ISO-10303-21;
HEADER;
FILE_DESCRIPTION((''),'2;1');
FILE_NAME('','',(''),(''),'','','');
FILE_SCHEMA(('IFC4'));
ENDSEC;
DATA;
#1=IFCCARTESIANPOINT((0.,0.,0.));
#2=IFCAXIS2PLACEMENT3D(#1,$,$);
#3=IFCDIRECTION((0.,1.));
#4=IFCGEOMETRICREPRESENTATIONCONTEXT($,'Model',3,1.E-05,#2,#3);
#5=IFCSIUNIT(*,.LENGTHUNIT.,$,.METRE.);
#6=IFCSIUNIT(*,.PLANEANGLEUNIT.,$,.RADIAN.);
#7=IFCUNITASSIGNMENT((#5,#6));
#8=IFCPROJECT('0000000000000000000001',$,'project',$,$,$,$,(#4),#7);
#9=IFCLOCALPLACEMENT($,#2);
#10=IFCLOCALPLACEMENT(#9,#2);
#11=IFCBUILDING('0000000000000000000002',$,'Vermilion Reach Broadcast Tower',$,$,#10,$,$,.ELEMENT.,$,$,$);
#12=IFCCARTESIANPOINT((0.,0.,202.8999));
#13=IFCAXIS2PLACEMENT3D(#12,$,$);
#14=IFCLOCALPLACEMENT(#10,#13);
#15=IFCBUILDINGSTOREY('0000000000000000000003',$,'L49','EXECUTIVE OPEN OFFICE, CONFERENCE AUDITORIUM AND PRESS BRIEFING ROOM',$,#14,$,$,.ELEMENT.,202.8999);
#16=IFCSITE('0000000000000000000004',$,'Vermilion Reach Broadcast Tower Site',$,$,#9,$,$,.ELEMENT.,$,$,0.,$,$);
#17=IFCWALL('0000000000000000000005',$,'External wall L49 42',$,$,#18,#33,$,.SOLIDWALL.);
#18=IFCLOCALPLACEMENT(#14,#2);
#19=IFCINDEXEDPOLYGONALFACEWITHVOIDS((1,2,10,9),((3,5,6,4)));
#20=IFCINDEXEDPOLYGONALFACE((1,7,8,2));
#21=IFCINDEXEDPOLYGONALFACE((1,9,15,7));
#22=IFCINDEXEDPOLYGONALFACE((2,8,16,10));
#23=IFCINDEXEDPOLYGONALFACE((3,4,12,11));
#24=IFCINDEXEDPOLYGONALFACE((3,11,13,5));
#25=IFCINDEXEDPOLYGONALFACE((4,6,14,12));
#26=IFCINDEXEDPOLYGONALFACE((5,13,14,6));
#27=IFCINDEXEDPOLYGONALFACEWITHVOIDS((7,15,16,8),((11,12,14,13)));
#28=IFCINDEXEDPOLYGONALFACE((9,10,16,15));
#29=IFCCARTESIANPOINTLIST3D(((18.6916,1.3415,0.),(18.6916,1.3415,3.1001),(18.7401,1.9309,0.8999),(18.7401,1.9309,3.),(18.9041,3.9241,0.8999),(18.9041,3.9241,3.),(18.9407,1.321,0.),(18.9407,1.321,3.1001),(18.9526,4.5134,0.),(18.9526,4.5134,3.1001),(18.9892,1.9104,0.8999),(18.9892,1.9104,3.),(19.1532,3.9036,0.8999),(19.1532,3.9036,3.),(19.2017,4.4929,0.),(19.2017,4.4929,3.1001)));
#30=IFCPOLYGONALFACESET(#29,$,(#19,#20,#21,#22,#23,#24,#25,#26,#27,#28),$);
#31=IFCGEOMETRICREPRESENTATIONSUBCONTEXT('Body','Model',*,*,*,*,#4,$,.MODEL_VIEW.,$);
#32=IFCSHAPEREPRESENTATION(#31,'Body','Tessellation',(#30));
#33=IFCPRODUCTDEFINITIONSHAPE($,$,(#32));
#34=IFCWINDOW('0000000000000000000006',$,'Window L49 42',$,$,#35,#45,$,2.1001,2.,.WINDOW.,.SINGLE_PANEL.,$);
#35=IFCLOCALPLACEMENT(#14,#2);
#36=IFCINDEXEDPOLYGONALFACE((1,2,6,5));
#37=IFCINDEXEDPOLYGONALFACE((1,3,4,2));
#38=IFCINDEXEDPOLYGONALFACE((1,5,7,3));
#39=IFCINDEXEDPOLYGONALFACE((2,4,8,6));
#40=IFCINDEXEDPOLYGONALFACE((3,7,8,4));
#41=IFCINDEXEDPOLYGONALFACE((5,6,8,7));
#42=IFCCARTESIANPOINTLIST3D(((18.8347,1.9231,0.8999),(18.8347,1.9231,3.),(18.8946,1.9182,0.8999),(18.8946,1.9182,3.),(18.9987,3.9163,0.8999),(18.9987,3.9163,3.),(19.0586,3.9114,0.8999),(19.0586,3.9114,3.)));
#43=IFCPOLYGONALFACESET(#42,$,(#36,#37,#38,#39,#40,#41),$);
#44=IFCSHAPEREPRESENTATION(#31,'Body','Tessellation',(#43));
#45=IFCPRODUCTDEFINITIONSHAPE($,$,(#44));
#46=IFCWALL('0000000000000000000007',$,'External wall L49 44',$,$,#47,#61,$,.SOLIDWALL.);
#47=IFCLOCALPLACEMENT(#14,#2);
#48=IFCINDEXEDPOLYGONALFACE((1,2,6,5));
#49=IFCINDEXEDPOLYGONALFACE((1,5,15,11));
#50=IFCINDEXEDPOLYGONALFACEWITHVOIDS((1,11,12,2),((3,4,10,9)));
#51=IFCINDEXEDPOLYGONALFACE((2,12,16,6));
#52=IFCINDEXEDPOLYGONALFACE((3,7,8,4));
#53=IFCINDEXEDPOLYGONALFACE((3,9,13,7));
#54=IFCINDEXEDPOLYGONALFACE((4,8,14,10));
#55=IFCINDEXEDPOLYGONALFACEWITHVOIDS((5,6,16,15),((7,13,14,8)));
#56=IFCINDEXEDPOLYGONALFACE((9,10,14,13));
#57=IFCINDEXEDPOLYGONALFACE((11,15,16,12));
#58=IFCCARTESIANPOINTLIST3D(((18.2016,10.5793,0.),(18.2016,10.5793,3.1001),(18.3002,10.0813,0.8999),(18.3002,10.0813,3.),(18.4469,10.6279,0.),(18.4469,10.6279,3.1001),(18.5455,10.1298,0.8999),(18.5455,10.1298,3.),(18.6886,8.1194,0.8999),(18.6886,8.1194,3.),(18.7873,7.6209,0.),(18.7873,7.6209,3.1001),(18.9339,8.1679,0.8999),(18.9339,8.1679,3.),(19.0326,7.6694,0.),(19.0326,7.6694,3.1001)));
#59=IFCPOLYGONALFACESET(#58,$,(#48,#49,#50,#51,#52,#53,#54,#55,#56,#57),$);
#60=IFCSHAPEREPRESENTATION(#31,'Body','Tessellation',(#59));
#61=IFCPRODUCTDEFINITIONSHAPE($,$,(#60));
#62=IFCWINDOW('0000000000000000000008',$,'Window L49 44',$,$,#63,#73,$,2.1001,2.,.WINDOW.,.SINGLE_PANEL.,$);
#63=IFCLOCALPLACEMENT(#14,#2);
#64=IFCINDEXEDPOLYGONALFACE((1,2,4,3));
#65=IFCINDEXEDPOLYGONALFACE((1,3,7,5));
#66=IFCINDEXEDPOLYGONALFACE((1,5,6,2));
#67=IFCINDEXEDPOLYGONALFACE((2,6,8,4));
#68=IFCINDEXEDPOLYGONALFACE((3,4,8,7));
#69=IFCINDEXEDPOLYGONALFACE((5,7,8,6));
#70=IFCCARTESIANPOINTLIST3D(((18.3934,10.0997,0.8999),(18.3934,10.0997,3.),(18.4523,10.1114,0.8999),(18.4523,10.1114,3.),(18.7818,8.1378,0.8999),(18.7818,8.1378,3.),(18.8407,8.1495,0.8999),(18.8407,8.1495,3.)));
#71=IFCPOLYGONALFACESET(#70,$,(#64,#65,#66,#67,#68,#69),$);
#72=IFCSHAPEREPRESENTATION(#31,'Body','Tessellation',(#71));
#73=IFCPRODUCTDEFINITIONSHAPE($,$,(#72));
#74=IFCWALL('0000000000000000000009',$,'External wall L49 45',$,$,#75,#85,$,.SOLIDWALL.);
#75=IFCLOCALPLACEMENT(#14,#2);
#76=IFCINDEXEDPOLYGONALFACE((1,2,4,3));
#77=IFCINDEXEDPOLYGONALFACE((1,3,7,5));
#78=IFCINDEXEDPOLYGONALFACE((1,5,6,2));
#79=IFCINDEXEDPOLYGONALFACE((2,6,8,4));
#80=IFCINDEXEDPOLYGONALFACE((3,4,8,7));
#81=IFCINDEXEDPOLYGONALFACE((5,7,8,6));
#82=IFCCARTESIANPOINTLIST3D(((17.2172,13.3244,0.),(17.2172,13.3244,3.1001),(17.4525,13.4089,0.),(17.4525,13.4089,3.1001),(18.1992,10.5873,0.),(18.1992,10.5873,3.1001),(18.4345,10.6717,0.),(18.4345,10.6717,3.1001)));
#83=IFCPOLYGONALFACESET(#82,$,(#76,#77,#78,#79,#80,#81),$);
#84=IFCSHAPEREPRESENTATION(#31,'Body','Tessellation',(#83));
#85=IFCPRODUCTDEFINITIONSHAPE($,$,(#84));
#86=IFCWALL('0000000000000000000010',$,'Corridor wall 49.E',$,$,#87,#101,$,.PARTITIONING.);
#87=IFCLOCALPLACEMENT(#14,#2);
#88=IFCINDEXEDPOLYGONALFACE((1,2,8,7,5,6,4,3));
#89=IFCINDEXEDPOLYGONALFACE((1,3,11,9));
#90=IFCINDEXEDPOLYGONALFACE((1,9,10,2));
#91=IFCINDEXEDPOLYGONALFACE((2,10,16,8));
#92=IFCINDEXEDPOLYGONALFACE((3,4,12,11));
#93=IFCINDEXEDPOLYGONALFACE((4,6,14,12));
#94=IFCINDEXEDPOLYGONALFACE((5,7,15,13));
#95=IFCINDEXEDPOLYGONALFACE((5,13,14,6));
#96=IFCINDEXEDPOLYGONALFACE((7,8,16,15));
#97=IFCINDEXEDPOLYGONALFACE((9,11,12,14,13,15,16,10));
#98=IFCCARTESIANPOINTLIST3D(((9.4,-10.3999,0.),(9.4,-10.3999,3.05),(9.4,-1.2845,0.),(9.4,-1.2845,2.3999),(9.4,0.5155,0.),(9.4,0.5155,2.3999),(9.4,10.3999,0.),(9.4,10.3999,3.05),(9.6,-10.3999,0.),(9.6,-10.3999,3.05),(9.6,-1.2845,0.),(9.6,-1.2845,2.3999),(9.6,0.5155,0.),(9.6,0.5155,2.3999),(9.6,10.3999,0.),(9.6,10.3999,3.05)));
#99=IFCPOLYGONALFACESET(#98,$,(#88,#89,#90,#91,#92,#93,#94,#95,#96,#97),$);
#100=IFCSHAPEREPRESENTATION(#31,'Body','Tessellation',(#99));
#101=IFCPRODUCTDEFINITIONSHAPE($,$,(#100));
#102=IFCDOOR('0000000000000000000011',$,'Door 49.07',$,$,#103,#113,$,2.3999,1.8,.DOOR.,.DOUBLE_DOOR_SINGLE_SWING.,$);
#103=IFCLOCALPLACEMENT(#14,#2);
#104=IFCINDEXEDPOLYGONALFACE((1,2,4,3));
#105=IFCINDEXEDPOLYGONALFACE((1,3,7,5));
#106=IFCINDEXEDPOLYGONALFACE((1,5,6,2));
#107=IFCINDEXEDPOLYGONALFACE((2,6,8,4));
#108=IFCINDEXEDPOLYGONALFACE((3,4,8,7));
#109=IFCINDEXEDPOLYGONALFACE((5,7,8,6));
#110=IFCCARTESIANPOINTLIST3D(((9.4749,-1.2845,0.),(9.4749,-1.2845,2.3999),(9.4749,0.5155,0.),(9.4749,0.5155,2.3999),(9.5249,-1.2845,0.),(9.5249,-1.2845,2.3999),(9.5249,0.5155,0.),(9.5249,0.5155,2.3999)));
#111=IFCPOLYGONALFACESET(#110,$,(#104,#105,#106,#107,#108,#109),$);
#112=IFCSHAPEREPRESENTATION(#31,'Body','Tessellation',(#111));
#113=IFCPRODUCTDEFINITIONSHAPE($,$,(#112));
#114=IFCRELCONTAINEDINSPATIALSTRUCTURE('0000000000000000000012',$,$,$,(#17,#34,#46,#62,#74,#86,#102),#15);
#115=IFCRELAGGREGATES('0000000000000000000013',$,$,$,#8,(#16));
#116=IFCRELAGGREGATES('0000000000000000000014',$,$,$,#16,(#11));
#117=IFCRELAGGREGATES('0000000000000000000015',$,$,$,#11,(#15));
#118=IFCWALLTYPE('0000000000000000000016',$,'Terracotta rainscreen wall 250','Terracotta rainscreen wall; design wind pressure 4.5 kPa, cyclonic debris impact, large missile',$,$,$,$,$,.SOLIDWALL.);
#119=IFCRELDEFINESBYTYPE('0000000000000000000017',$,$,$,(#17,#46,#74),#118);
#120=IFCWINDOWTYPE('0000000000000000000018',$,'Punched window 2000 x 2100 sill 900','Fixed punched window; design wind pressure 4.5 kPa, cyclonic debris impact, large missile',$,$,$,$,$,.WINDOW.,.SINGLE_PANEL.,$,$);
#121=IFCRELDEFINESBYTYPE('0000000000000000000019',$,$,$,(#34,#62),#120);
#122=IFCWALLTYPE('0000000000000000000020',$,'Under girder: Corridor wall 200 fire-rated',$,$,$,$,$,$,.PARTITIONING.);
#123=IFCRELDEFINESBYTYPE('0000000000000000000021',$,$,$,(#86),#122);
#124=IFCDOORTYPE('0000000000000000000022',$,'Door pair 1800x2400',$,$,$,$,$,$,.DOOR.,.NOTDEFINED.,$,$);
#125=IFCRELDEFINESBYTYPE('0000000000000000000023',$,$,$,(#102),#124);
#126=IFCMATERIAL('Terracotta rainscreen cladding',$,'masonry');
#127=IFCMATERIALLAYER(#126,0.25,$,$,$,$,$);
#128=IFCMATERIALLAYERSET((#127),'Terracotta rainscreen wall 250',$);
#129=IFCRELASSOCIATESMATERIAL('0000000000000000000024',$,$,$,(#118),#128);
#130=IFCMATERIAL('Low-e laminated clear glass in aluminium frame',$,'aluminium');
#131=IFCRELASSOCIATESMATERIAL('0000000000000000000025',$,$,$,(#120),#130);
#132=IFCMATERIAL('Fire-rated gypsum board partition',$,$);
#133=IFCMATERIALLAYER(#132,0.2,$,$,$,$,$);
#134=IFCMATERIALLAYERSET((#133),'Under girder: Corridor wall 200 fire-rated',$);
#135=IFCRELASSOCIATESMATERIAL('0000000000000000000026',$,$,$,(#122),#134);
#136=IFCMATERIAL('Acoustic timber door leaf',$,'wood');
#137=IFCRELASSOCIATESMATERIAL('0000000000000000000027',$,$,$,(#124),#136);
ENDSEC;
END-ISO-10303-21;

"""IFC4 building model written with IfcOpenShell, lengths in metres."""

from ifc_helpers import new_model, si_unit, direction, frame, frame_2d, origin, place, context, subcontext, project, spatial, rectangle, extrude, material, layer, layer_set, type_object, element, fill, save


model = new_model("IFC4")

# Units and contexts
model_context = context("Model", 3, precision=1e-05, world=origin(), true_north=direction((0.0, 1.0)))
body_context = subcontext(model_context, "Body", "Model", "MODEL_VIEW")
ifc_project = project(units=[si_unit("LENGTHUNIT", "METRE"), si_unit("PLANEANGLEUNIT", "RADIAN")], contexts=[model_context])

# Site, building, storey
site_placement = place(None, origin())
site = spatial("IfcSite", under=ifc_project, at=site_placement, Name="Vermilion Reach Broadcast Tower Site", CompositionType="ELEMENT", RefElevation=0.0)
building_placement = place(site_placement, origin())
building = spatial("IfcBuilding", under=site, at=building_placement, Name="Vermilion Reach Broadcast Tower", CompositionType="ELEMENT")
storey_placement = place(building_placement, frame((0.0, 0.0, 202.8999)))
storey = spatial("IfcBuildingStorey", under=building, at=storey_placement, Name="L49", Description="EXECUTIVE OPEN OFFICE, CONFERENCE AUDITORIUM AND PRESS BRIEFING ROOM", CompositionType="ELEMENT", Elevation=202.8999)

# Wall, opening, window
ifc_material_1 = material(Name="Terracotta rainscreen cladding", Category="masonry")
ifc_layer_1 = layer(ifc_material_1, 0.25)
ifc_layer_set_1 = layer_set([ifc_layer_1], Name="Terracotta rainscreen wall 250")
wall_type_1 = type_object("IfcWallType", Name="Terracotta rainscreen wall 250", Description="Terracotta rainscreen wall; design wind pressure 4.5 kPa, cyclonic debris impact, large missile", PredefinedType="SOLIDWALL", material=ifc_layer_set_1)
wall_1_placement = place(storey_placement, frame((18.8162, 1.3313, 0.0), z_axis=(0.0, 0.0, 1.0), x_axis=(0.082004, 0.996632, 0.0)))
wall_1 = element("IfcWall", 1, at=wall_1_placement, inside=storey, type_object=wall_type_1, Name="External wall L49 42", PredefinedType="SOLIDWALL", context=body_context, shape_type="SweptSolid", body=[
    extrude(rectangle(XDim=3.1826, YDim=0.25, at=frame_2d((1.5913, 0.0))), origin(), (0.0, 0.0, 1.0), 3.1001),
])
opening_1_placement = place(wall_1_placement, frame((0.5913, 0.0, 0.8999)))
opening_1 = element("IfcOpeningElement", 2, at=opening_1_placement, cuts=wall_1, PredefinedType="OPENING", context=body_context, shape_type="SweptSolid", body=[
    extrude(rectangle(XDim=2.0, YDim=2.1001, at=frame_2d((1.0, 1.05))), frame((0.0, 0.135, 0.0), z_axis=(0.0, -1.0, 0.0), x_axis=(1.0, 0.0, 0.0)), (0.0, 0.0, 1.0), 0.27),
])
ifc_material_2 = material(Name="Low-e laminated clear glass in aluminium frame", Category="aluminium")
window_type = type_object("IfcWindowType", Name="Punched window 2000 x 2100 sill 900", Description="Fixed punched window; design wind pressure 4.5 kPa, cyclonic debris impact, large missile", PartitioningType="SINGLE_PANEL", PredefinedType="WINDOW", material=ifc_material_2)
window_1_placement = place(opening_1_placement, origin())
window_1 = element("IfcWindow", 3, at=window_1_placement, inside=storey, type_object=window_type, Name="Window L49 42", OverallHeight=2.1001, OverallWidth=2.0, PartitioningType="SINGLE_PANEL", PredefinedType="WINDOW", context=body_context, shape_type="SweptSolid", body=[
    extrude(rectangle(XDim=2.0, YDim=2.1001, at=frame_2d((1.0, 1.05))), frame((0.0, 0.03, 0.0), z_axis=(0.0, -1.0, 0.0), x_axis=(1.0, 0.0, 0.0)), (0.0, 0.0, 1.0), 0.0601),
])
fill(opening_1, window_1)

# Wall, opening, window
wall_2_placement = place(storey_placement, frame((18.9099, 7.6453, 0.0), z_axis=(0.0, 0.0, 1.0), x_axis=(-0.194201, 0.980962, 0.0)))
wall_2 = element("IfcWall", 4, at=wall_2_placement, inside=storey, type_object=wall_type_1, Name="External wall L49 44", PredefinedType="SOLIDWALL", context=body_context, shape_type="SweptSolid", body=[
    extrude(rectangle(XDim=3.0159, YDim=0.25, at=frame_2d((1.5078, 0.0))), origin(), (0.0, 0.0, 1.0), 3.1001),
])
opening_2_placement = place(wall_2_placement, frame((0.5081, 0.0, 0.8999)))
opening_2 = element("IfcOpeningElement", 5, at=opening_2_placement, cuts=wall_2, PredefinedType="OPENING", context=body_context, shape_type="SweptSolid", body=[
    extrude(rectangle(XDim=2.0, YDim=2.1001, at=frame_2d((1.0, 1.05))), frame((0.0, 0.135, 0.0), z_axis=(0.0, -1.0, 0.0), x_axis=(1.0, 0.0, 0.0)), (0.0, 0.0, 1.0), 0.27),
])
window_2_placement = place(opening_2_placement, origin())
window_2 = element("IfcWindow", 6, at=window_2_placement, inside=storey, type_object=window_type, Name="Window L49 44", OverallHeight=2.1001, OverallWidth=2.0, PartitioningType="SINGLE_PANEL", PredefinedType="WINDOW", context=body_context, shape_type="SweptSolid", body=[
    extrude(rectangle(XDim=2.0, YDim=2.1001, at=frame_2d((1.0, 1.05))), frame((0.0, 0.03, 0.0), z_axis=(0.0, -1.0, 0.0), x_axis=(1.0, 0.0, 0.0)), (0.0, 0.0, 1.0), 0.0601),
])
fill(opening_2, window_2)

# Wall
wall_3_placement = place(storey_placement, frame((18.3169, 10.6294, 0.0), z_axis=(0.0, 0.0, 1.0), x_axis=(-0.337682, 0.94126, 0.0)))
element("IfcWall", 7, at=wall_3_placement, inside=storey, type_object=wall_type_1, Name="External wall L49 45", PredefinedType="SOLIDWALL", context=body_context, shape_type="SweptSolid", body=[
    extrude(rectangle(XDim=2.908, YDim=0.25, at=frame_2d((1.4541, 0.0))), origin(), (0.0, 0.0, 1.0), 3.1001),
])

# Wall, opening, door
ifc_material_3 = material(Name="Fire-rated gypsum board partition")
ifc_layer_2 = layer(ifc_material_3, 0.2)
ifc_layer_set_2 = layer_set([ifc_layer_2], Name="Under girder: Corridor wall 200 fire-rated")
wall_type_2 = type_object("IfcWallType", Name="Under girder: Corridor wall 200 fire-rated", PredefinedType="PARTITIONING", material=ifc_layer_set_2)
wall_4_placement = place(storey_placement, frame((9.5, 10.3999, 0.0), z_axis=(0.0, 0.0, 1.0), x_axis=(0.0, -1.0, 0.0)))
wall_4 = element("IfcWall", 8, at=wall_4_placement, inside=storey, type_object=wall_type_2, Name="Corridor wall 49.E", PredefinedType="PARTITIONING", context=body_context, shape_type="SweptSolid", body=[
    extrude(rectangle(XDim=20.7998, YDim=0.2, at=frame_2d((10.3999, 0.0))), origin(), (0.0, 0.0, 1.0), 3.05),
])
opening_3_placement = place(wall_4_placement, frame((9.8845, 0.0, 0.0)))
opening_3 = element("IfcOpeningElement", 9, at=opening_3_placement, cuts=wall_4, PredefinedType="OPENING", context=body_context, shape_type="SweptSolid", body=[
    extrude(rectangle(XDim=1.8, YDim=2.3999, at=frame_2d((0.8999, 1.2))), frame((0.0, 0.1099, 0.0), z_axis=(0.0, -1.0, 0.0), x_axis=(1.0, 0.0, 0.0)), (0.0, 0.0, 1.0), 0.22),
])
ifc_material_4 = material(Name="Acoustic timber door leaf", Category="wood")
door_type_1 = type_object("IfcDoorType", Name="Door pair 1800x2400", OperationType="NOTDEFINED", PredefinedType="DOOR", material=ifc_material_4)
door_1_placement = place(opening_3_placement, origin())
door_1 = element("IfcDoor", 10, at=door_1_placement, inside=storey, type_object=door_type_1, Name="Door 49.07", OperationType="DOUBLE_DOOR_SINGLE_SWING", OverallHeight=2.3999, OverallWidth=1.8, PredefinedType="DOOR", context=body_context, shape_type="SweptSolid", body=[
    extrude(rectangle(XDim=1.8, YDim=2.3999, at=frame_2d((0.8999, 1.2))), frame((0.0, 0.0249, 0.0), z_axis=(0.0, -1.0, 0.0), x_axis=(1.0, 0.0, 0.0)), (0.0, 0.0, 1.0), 0.05),
])
fill(opening_3, door_1)

save(model, "model.ifc")
